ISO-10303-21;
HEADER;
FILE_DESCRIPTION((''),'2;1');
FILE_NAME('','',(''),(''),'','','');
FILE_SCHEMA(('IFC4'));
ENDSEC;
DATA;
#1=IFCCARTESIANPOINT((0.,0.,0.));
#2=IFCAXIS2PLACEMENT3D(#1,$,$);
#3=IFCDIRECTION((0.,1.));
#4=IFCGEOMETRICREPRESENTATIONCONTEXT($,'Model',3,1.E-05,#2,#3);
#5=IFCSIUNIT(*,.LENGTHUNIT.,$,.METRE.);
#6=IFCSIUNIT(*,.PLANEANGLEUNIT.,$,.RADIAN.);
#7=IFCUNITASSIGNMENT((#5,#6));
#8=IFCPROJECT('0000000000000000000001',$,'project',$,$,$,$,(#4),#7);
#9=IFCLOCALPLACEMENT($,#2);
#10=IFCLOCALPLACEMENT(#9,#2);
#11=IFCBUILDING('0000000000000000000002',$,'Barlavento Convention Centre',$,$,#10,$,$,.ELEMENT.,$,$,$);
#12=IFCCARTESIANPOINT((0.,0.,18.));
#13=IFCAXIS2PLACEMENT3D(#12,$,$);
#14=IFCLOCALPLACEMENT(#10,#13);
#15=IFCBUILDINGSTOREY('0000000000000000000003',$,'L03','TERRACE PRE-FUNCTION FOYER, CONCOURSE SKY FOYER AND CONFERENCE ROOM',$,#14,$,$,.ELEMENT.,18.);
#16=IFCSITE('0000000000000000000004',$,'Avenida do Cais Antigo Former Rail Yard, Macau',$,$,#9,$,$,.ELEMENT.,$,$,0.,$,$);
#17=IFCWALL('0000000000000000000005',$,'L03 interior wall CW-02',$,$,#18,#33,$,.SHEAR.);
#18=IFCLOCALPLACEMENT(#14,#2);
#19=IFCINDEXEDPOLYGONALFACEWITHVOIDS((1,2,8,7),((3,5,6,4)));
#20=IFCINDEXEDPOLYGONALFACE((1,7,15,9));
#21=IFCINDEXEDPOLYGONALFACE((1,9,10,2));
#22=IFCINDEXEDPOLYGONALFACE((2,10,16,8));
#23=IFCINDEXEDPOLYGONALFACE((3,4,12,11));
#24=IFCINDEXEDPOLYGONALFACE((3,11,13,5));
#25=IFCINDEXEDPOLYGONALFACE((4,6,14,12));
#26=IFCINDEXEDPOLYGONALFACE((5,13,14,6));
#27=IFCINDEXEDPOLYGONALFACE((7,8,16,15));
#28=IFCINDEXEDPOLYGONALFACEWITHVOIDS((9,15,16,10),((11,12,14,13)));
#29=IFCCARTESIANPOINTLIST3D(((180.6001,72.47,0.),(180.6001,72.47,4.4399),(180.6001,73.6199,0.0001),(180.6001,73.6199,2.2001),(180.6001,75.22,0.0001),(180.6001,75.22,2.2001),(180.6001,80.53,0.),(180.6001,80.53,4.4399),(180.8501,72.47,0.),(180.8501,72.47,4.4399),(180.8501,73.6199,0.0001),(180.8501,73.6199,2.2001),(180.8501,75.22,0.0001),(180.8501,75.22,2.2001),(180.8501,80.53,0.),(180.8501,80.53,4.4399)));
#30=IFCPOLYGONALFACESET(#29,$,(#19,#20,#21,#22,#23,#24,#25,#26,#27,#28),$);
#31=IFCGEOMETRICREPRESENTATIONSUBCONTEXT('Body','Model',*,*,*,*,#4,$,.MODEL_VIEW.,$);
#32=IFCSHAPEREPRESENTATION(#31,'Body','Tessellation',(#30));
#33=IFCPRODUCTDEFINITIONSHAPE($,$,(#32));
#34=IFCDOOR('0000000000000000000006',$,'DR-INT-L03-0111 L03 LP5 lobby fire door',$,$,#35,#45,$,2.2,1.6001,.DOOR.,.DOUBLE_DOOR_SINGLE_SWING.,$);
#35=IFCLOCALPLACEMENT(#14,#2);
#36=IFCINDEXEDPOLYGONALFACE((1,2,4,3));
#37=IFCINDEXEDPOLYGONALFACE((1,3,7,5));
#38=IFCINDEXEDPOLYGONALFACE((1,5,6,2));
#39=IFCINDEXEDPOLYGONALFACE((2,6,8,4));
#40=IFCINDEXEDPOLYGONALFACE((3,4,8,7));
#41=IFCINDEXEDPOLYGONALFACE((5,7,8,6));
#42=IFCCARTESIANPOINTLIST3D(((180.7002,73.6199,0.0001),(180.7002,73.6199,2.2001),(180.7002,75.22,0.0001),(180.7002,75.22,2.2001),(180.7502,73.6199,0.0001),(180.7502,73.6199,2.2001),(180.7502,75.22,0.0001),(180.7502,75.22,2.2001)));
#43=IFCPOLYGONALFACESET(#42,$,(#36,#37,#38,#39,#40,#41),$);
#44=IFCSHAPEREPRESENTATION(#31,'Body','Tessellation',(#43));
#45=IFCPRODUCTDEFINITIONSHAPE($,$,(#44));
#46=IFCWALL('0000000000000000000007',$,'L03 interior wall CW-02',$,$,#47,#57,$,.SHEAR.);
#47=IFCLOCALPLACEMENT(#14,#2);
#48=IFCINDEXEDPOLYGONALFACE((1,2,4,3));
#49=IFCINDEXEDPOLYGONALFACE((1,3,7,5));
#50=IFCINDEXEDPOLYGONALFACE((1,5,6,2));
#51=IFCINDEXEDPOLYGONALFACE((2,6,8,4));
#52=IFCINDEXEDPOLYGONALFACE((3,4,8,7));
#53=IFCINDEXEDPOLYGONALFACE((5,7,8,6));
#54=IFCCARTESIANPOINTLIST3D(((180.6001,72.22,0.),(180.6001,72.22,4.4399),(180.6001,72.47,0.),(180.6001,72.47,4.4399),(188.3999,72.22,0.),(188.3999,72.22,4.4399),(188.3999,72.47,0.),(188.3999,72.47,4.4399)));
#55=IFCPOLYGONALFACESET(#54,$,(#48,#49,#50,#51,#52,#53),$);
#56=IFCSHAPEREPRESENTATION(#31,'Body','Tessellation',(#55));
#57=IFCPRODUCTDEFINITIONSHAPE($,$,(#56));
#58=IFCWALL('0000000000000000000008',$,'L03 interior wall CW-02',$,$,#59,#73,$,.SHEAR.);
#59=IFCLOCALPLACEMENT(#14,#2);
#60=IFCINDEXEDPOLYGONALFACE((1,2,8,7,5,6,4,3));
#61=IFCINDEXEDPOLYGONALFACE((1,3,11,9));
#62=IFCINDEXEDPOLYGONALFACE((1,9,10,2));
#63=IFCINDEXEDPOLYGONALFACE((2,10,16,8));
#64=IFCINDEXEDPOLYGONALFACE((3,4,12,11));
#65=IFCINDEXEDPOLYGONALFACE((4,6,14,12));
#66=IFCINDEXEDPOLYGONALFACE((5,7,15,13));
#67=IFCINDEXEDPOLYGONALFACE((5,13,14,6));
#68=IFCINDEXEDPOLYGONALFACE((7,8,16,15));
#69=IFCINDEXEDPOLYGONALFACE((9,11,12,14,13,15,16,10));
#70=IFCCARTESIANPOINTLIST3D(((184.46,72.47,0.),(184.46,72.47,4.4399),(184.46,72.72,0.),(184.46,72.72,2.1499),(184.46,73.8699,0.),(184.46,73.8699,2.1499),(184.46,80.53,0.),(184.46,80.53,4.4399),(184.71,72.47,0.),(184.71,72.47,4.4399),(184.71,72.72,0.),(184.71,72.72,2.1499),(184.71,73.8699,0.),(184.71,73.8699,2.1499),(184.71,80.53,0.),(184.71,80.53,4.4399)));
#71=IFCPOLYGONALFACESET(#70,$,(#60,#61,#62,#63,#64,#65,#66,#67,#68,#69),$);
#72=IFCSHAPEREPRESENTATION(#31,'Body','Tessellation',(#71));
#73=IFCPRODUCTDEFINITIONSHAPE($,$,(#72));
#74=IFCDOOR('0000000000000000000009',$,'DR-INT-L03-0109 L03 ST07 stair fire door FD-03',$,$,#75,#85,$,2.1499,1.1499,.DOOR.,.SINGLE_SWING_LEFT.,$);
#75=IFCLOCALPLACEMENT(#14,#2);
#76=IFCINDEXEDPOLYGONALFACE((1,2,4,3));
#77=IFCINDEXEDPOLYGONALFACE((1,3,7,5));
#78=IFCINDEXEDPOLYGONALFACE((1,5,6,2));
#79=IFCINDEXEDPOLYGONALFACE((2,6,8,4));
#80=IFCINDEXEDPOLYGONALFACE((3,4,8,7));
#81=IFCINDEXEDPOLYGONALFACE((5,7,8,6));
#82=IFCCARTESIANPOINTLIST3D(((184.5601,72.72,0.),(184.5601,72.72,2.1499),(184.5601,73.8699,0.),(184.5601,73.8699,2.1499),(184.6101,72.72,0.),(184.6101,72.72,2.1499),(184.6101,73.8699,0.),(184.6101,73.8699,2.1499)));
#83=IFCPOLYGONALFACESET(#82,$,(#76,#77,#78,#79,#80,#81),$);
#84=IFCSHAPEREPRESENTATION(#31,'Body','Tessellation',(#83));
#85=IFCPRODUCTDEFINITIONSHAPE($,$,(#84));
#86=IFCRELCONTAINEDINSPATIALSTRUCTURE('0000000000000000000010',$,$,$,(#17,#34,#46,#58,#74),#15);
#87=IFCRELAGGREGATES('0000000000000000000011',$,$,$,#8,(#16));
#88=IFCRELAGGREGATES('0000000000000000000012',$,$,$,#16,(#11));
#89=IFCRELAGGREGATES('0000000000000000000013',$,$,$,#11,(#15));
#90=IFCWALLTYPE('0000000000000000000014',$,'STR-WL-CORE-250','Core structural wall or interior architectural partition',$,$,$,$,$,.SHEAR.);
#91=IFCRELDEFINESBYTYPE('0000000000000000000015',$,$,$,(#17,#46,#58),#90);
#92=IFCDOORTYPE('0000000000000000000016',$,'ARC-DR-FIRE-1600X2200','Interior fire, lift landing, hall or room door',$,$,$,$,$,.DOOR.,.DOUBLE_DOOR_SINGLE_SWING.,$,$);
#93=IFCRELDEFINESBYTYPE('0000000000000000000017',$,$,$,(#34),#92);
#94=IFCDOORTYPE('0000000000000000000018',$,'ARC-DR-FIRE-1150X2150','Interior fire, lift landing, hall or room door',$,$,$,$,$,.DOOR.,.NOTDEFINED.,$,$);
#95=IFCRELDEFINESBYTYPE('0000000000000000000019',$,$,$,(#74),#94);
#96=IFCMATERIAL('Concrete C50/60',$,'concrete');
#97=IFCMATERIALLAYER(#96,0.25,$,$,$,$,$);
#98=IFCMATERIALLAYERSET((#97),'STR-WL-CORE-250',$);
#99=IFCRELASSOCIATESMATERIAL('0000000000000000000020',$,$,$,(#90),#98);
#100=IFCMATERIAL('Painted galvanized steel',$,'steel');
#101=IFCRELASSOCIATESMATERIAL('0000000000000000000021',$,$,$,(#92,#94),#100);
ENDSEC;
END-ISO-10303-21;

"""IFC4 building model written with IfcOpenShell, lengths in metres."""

from ifc_helpers import new_model, si_unit, direction, frame, frame_2d, origin, place, context, subcontext, project, spatial, rectangle, extrude, material, layer, layer_set, type_object, element, fill, save


model = new_model("IFC4")

# Units and contexts
model_context = context("Model", 3, precision=1e-05, world=origin(), true_north=direction((0.0, 1.0)))
body_context = subcontext(model_context, "Body", "Model", "MODEL_VIEW")
ifc_project = project(units=[si_unit("LENGTHUNIT", "METRE"), si_unit("PLANEANGLEUNIT", "RADIAN")], contexts=[model_context])

# Site, building, storey
site_placement = place(None, origin())
site = spatial("IfcSite", under=ifc_project, at=site_placement, Name="Avenida do Cais Antigo Former Rail Yard, Macau", CompositionType="ELEMENT", RefElevation=0.0)
building_placement = place(site_placement, origin())
building = spatial("IfcBuilding", under=site, at=building_placement, Name="Barlavento Convention Centre", CompositionType="ELEMENT")
storey_placement = place(building_placement, frame((0.0, 0.0, 18.0)))
storey = spatial("IfcBuildingStorey", under=building, at=storey_placement, Name="L03", Description="TERRACE PRE-FUNCTION FOYER, CONCOURSE SKY FOYER AND CONFERENCE ROOM", CompositionType="ELEMENT", Elevation=18.0)

# Wall, opening, door
ifc_material_1 = material(Name="Concrete C50/60", Category="concrete")
ifc_layer_1 = layer(ifc_material_1, 0.25)
ifc_layer_set_1 = layer_set([ifc_layer_1], Name="STR-WL-CORE-250")
wall_type_1 = type_object("IfcWallType", Name="STR-WL-CORE-250", Description="Core structural wall or interior architectural partition", PredefinedType="SHEAR", material=ifc_layer_set_1)
wall_1_placement = place(storey_placement, frame((180.7251, 72.47, 0.0), z_axis=(0.0, 0.0, 1.0), x_axis=(0.0, 1.0, 0.0)))
wall_1 = element("IfcWall", 1, at=wall_1_placement, inside=storey, type_object=wall_type_1, Name="L03 interior wall CW-02", PredefinedType="SHEAR", context=body_context, shape_type="SweptSolid", body=[
    extrude(rectangle(XDim=8.0601, YDim=0.25, at=frame_2d((4.03, 0.0))), origin(), (0.0, 0.0, 1.0), 4.4399),
])
opening_1_placement = place(wall_1_placement, frame((1.1499, 0.0, 0.0)))
opening_1 = element("IfcOpeningElement", 2, at=opening_1_placement, cuts=wall_1, PredefinedType="OPENING", context=body_context, shape_type="SweptSolid", body=[
    extrude(rectangle(XDim=1.6001, YDim=2.2, at=frame_2d((0.8, 1.1001))), frame((0.0, 0.135, 0.0), z_axis=(0.0, -1.0, 0.0), x_axis=(1.0, 0.0, 0.0)), (0.0, 0.0, 1.0), 0.27),
])
ifc_material_2 = material(Name="Painted galvanized steel", Category="steel")
door_type_1 = type_object("IfcDoorType", Name="ARC-DR-FIRE-1600X2200", Description="Interior fire, lift landing, hall or room door", OperationType="DOUBLE_DOOR_SINGLE_SWING", PredefinedType="DOOR", material=ifc_material_2)
door_1_placement = place(opening_1_placement, origin())
door_1 = element("IfcDoor", 3, at=door_1_placement, inside=storey, type_object=door_type_1, Name="DR-INT-L03-0111 L03 LP5 lobby fire door", OperationType="DOUBLE_DOOR_SINGLE_SWING", OverallHeight=2.2, OverallWidth=1.6001, PredefinedType="DOOR", context=body_context, shape_type="SweptSolid", body=[
    extrude(rectangle(XDim=1.6001, YDim=2.2, at=frame_2d((0.8, 1.1001))), frame((0.0, 0.0249, 0.0), z_axis=(0.0, -1.0, 0.0), x_axis=(1.0, 0.0, 0.0)), (0.0, 0.0, 1.0), 0.05),
])
fill(opening_1, door_1)

# Wall
wall_2_placement = place(storey_placement, frame((180.6001, 72.345, 0.0), z_axis=(0.0, 0.0, 1.0), x_axis=(1.0, 0.0, 0.0)))
element("IfcWall", 4, at=wall_2_placement, inside=storey, type_object=wall_type_1, Name="L03 interior wall CW-02", PredefinedType="SHEAR", context=body_context, shape_type="SweptSolid", body=[
    extrude(rectangle(XDim=7.7998, YDim=0.25, at=frame_2d((3.8999, 0.0))), origin(), (0.0, 0.0, 1.0), 4.4399),
])

# Wall, opening, door
wall_3_placement = place(storey_placement, frame((184.585, 72.47, 0.0), z_axis=(0.0, 0.0, 1.0), x_axis=(0.0, 1.0, 0.0)))
wall_3 = element("IfcWall", 5, at=wall_3_placement, inside=storey, type_object=wall_type_1, Name="L03 interior wall CW-02", PredefinedType="SHEAR", context=body_context, shape_type="SweptSolid", body=[
    extrude(rectangle(XDim=8.0601, YDim=0.25, at=frame_2d((4.03, 0.0))), origin(), (0.0, 0.0, 1.0), 4.4399),
])
opening_2_placement = place(wall_3_placement, frame((0.25, 0.0, 0.0)))
opening_2 = element("IfcOpeningElement", 6, at=opening_2_placement, cuts=wall_3, PredefinedType="OPENING", context=body_context, shape_type="SweptSolid", body=[
    extrude(rectangle(XDim=1.1499, YDim=2.1499, at=frame_2d((0.575, 1.075))), frame((0.0, 0.135, 0.0), z_axis=(0.0, -1.0, 0.0), x_axis=(1.0, 0.0, 0.0)), (0.0, 0.0, 1.0), 0.27),
])
door_type_2 = type_object("IfcDoorType", Name="ARC-DR-FIRE-1150X2150", Description="Interior fire, lift landing, hall or room door", OperationType="NOTDEFINED", PredefinedType="DOOR", material=ifc_material_2)
door_2_placement = place(opening_2_placement, origin())
door_2 = element("IfcDoor", 7, at=door_2_placement, inside=storey, type_object=door_type_2, Name="DR-INT-L03-0109 L03 ST07 stair fire door FD-03", OperationType="SINGLE_SWING_LEFT", OverallHeight=2.1499, OverallWidth=1.1499, PredefinedType="DOOR", context=body_context, shape_type="SweptSolid", body=[
    extrude(rectangle(XDim=1.1499, YDim=2.1499, at=frame_2d((0.575, 1.075))), frame((0.0, 0.0249, 0.0), z_axis=(0.0, -1.0, 0.0), x_axis=(1.0, 0.0, 0.0)), (0.0, 0.0, 1.0), 0.05),
])
fill(opening_2, door_2)

save(model, "model.ifc")
